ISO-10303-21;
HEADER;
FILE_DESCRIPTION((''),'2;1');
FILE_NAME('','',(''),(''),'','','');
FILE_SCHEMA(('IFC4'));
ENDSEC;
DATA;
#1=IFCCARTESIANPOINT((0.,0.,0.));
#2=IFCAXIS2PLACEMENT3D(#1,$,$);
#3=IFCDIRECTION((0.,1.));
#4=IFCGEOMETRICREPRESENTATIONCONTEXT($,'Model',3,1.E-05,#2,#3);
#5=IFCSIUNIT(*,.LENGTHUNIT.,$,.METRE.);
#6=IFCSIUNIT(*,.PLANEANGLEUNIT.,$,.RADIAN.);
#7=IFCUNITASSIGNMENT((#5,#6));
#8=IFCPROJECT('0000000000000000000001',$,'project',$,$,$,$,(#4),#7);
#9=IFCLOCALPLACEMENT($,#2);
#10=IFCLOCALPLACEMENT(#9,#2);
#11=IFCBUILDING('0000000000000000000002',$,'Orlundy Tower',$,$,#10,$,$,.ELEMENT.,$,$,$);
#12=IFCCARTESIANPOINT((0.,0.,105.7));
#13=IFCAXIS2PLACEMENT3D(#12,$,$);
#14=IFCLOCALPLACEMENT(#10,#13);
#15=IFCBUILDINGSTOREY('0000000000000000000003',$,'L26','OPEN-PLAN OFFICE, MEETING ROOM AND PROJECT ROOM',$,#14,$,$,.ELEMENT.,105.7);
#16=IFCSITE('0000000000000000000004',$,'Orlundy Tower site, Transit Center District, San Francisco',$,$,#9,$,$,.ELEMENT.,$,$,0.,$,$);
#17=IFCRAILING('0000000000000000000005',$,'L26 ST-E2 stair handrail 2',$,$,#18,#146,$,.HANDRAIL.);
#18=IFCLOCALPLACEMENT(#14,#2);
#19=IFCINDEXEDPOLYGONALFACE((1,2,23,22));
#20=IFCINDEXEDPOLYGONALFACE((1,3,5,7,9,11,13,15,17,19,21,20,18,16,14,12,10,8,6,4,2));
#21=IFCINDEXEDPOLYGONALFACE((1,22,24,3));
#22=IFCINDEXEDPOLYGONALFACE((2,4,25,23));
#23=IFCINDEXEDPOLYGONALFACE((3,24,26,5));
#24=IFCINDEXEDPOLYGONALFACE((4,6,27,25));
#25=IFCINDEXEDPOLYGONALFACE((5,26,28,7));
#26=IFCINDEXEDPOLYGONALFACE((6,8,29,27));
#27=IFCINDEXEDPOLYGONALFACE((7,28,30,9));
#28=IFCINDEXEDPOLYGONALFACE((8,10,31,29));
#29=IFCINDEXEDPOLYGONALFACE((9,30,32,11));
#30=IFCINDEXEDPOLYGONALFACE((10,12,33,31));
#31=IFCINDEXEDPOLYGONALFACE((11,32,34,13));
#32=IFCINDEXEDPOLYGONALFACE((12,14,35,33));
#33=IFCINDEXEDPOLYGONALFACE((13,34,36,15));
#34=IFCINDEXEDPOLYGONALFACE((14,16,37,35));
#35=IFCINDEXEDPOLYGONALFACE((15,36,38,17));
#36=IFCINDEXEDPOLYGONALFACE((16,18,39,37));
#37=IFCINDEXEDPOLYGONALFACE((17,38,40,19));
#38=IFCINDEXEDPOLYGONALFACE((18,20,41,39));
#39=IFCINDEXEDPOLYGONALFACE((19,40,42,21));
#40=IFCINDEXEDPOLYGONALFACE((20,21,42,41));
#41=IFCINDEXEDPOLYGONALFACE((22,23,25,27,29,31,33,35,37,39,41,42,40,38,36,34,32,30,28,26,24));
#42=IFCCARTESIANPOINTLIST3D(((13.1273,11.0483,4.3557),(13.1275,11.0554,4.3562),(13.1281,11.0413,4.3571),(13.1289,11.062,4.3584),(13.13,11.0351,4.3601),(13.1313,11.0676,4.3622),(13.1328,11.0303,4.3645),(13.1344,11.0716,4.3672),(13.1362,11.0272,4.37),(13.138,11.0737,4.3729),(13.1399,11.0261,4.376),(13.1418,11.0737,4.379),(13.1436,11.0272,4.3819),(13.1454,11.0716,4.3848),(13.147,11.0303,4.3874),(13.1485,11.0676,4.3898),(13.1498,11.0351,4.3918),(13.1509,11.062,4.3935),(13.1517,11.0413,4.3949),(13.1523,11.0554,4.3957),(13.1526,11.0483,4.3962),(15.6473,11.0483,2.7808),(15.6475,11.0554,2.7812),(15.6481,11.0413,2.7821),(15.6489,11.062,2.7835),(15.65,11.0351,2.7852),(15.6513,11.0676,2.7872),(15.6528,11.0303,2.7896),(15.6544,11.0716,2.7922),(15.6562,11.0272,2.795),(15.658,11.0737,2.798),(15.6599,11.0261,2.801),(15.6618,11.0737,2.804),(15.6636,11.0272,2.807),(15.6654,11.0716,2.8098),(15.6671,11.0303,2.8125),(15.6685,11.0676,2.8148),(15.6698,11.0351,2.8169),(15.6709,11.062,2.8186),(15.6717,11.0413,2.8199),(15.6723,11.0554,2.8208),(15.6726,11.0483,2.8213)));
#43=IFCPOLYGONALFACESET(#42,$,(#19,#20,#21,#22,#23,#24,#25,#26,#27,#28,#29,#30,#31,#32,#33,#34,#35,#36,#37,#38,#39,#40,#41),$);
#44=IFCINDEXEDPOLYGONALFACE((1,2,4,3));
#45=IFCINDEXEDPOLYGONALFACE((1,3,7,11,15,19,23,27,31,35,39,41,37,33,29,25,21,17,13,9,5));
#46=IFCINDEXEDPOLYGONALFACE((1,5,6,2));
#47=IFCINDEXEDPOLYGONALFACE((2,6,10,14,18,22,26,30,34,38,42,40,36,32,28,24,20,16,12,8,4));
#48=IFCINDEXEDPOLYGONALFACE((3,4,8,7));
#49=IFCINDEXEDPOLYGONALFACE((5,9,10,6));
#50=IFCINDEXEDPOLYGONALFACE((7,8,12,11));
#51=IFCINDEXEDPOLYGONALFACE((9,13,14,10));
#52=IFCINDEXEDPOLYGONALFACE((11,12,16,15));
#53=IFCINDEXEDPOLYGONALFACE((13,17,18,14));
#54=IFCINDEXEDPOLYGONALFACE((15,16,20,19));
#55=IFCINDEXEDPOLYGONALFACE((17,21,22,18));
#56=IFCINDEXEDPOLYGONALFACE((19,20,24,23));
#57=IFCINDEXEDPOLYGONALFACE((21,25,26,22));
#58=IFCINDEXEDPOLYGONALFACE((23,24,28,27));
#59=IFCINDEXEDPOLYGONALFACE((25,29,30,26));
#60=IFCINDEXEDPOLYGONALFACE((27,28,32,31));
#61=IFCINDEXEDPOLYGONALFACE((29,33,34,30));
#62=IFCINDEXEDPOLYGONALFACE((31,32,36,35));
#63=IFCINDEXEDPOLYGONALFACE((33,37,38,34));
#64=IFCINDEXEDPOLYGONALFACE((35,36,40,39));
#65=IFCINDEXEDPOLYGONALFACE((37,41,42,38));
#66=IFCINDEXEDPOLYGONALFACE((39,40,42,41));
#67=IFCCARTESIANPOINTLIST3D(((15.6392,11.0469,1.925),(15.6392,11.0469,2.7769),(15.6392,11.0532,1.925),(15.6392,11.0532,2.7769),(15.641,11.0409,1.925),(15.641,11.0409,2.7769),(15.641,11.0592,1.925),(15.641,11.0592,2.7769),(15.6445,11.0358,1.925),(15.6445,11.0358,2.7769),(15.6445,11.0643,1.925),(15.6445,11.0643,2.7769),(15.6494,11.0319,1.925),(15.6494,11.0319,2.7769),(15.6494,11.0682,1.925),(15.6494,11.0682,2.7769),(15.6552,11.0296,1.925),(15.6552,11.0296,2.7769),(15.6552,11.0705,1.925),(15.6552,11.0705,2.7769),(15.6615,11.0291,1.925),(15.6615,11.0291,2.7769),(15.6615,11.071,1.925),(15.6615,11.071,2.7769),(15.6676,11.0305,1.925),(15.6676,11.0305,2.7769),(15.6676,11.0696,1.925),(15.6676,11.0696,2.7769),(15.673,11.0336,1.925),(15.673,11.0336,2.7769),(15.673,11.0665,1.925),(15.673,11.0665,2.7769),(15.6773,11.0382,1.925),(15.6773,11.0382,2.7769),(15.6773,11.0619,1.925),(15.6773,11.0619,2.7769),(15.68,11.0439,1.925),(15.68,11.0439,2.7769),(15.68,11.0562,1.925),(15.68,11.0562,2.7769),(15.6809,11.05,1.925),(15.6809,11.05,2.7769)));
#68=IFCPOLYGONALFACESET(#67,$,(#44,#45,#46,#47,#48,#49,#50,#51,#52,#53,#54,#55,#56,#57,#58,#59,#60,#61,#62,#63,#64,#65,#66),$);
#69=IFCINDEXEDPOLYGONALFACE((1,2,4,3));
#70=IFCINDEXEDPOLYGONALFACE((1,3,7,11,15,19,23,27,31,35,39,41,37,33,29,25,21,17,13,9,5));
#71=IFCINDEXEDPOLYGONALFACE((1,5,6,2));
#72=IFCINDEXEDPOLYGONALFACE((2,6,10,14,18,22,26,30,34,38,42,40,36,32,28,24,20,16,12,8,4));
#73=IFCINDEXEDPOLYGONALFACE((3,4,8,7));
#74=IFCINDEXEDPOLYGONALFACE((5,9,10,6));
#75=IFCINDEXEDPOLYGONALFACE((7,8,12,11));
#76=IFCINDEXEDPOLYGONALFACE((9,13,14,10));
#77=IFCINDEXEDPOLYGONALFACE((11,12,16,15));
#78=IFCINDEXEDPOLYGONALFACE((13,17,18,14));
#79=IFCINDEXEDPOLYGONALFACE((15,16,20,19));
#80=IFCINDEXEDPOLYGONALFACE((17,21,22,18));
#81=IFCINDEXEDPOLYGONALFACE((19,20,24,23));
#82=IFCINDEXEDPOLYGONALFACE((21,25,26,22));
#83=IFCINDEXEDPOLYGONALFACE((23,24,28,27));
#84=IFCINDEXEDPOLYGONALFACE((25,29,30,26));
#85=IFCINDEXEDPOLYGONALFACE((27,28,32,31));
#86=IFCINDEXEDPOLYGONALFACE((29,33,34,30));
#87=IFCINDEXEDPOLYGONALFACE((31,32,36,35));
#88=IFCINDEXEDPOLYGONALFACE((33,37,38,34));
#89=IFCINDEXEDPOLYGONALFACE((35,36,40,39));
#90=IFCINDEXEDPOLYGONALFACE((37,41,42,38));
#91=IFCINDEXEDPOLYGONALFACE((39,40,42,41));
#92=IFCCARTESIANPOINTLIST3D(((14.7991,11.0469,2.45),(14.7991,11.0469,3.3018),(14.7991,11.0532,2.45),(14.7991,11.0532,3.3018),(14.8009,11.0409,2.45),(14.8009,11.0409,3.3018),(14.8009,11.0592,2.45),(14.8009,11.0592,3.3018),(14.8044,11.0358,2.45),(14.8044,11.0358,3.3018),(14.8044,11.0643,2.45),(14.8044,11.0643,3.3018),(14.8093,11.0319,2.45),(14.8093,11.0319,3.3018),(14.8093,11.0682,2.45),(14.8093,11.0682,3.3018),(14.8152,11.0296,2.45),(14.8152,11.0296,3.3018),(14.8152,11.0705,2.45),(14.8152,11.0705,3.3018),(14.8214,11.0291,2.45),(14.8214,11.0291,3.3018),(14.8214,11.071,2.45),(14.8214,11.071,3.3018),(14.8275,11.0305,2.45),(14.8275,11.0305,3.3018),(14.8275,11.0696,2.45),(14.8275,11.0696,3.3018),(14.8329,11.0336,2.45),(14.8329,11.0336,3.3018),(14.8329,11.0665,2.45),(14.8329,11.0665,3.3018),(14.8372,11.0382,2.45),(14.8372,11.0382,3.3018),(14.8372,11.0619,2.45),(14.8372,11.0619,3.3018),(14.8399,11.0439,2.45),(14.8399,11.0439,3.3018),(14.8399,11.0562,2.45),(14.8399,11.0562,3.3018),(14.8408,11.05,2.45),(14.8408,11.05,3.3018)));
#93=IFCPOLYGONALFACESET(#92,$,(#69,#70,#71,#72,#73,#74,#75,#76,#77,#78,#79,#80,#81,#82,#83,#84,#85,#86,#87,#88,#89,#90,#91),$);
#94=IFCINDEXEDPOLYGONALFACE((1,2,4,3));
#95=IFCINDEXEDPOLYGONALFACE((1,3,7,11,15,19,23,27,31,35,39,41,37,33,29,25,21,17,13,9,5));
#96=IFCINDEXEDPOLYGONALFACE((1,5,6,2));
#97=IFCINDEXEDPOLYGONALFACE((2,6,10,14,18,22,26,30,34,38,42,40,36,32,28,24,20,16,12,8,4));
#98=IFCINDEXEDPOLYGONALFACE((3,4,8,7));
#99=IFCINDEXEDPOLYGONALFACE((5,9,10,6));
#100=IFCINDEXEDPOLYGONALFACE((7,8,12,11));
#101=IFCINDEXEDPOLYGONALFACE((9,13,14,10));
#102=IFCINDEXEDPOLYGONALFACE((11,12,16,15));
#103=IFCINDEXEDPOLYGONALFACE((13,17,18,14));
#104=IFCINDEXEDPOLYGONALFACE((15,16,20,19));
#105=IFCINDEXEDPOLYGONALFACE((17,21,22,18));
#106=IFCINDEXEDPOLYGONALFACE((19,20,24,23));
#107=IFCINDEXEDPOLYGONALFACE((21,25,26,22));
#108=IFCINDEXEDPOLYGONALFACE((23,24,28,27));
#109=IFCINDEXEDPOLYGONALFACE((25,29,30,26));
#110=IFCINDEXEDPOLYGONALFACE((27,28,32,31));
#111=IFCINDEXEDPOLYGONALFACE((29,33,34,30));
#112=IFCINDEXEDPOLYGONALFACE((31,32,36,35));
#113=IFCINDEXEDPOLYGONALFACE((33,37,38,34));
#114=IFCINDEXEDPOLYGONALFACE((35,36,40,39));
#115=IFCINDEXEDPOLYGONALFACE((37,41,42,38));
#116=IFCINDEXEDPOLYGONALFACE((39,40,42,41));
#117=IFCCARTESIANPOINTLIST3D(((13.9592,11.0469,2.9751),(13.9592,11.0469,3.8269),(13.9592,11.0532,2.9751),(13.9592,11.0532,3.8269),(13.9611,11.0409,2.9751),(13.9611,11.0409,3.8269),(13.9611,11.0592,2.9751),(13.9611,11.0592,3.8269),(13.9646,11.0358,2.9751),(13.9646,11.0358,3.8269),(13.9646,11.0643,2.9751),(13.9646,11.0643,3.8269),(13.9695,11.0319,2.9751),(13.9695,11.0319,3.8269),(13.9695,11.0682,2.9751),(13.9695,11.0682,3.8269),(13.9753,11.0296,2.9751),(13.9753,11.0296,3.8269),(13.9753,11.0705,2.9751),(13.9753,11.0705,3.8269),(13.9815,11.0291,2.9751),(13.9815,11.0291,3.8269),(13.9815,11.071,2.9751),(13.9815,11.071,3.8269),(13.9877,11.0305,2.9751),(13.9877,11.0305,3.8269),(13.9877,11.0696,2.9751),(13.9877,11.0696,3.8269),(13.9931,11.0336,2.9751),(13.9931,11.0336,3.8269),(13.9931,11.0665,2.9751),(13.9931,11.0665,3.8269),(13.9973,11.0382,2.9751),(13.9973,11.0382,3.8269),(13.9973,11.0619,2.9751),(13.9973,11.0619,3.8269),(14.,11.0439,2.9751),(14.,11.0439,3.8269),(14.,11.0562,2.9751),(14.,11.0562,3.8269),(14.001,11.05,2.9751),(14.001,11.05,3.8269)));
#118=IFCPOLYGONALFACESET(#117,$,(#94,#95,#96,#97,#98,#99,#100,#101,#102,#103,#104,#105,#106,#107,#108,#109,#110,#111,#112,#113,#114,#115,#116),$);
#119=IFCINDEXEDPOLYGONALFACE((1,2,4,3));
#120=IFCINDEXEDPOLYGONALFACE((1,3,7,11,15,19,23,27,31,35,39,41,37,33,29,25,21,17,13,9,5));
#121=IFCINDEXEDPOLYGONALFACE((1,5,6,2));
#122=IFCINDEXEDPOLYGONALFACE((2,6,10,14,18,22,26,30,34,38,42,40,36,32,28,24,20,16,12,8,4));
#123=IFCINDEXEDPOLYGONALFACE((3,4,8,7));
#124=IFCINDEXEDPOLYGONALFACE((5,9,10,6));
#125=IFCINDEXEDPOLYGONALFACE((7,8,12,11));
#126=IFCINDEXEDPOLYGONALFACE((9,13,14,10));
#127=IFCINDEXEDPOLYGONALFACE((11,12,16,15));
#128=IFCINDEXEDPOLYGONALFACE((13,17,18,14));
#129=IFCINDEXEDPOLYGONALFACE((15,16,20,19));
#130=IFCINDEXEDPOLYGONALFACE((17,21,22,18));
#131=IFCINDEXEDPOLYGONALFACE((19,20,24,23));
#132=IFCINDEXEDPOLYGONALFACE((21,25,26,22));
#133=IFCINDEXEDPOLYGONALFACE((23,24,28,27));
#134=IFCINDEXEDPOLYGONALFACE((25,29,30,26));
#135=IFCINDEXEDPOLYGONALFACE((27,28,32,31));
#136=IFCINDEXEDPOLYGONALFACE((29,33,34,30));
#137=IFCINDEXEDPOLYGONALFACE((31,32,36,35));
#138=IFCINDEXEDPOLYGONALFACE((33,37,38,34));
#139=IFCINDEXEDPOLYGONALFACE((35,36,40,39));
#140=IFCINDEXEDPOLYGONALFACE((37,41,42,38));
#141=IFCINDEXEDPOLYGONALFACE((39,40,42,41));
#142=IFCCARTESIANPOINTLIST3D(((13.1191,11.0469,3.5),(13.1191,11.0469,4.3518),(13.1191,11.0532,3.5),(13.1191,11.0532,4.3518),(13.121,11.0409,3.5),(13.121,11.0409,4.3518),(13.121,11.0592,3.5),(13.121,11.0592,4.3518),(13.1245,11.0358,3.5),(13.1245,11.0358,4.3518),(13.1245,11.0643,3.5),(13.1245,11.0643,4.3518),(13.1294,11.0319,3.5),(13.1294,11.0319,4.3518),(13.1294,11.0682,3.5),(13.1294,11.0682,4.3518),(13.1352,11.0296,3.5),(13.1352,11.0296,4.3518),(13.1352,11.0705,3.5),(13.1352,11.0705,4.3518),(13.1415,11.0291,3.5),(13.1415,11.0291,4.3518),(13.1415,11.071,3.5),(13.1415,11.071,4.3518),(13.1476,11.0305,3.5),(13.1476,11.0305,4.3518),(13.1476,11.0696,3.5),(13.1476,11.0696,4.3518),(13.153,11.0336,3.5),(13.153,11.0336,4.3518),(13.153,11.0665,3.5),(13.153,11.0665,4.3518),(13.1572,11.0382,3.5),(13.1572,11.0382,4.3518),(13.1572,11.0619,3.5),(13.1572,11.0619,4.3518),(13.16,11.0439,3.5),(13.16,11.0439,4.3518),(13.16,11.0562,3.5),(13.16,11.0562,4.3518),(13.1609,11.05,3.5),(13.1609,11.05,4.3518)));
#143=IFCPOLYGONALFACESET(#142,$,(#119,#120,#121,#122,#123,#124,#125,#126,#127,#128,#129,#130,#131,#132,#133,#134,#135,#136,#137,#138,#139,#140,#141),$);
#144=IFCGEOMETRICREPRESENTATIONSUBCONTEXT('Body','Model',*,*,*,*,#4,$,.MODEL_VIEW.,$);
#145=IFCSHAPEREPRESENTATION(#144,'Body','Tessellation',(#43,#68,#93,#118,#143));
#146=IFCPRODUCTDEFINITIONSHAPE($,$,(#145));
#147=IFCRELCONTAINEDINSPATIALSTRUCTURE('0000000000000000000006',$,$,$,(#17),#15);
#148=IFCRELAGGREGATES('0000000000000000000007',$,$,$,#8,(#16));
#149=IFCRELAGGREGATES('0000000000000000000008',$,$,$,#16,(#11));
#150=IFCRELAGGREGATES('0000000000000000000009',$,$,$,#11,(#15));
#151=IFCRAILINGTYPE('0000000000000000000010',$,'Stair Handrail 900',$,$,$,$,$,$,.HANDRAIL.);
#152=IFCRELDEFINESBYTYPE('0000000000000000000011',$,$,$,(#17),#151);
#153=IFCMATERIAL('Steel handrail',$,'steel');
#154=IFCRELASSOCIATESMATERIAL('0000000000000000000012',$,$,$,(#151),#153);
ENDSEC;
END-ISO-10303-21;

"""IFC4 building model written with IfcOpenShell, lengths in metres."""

from ifc_helpers import new_model, si_unit, direction, frame, origin, origin_2d, place, context, subcontext, project, spatial, circle, extrude, material, type_object, element, save


model = new_model("IFC4")

# Units and contexts
model_context = context("Model", 3, precision=1e-05, world=origin(), true_north=direction((0.0, 1.0)))
body_context = subcontext(model_context, "Body", "Model", "MODEL_VIEW")
ifc_project = project(units=[si_unit("LENGTHUNIT", "METRE"), si_unit("PLANEANGLEUNIT", "RADIAN")], contexts=[model_context])

# Site, building, storey
site_placement = place(None, origin())
site = spatial("IfcSite", under=ifc_project, at=site_placement, Name="Orlundy Tower site, Transit Center District, San Francisco", CompositionType="ELEMENT", RefElevation=0.0)
building_placement = place(site_placement, origin())
building = spatial("IfcBuilding", under=site, at=building_placement, Name="Orlundy Tower", CompositionType="ELEMENT")
storey_placement = place(building_placement, frame((0.0, 0.0, 105.7)))
storey = spatial("IfcBuildingStorey", under=building, at=storey_placement, Name="L26", Description="OPEN-PLAN OFFICE, MEETING ROOM AND PROJECT ROOM", CompositionType="ELEMENT", Elevation=105.7)

# Railing
ifc_material_1 = material(Name="Steel handrail", Category="steel")
railing_type_1 = type_object("IfcRailingType", Name="Stair Handrail 900", PredefinedType="HANDRAIL", material=ifc_material_1)
railing_1_placement = place(storey_placement, frame((15.6599, 11.05, 1.925)))
element("IfcRailing", 1, at=railing_1_placement, inside=storey, type_object=railing_type_1, Name="L26 ST-E2 stair handrail 2", PredefinedType="HANDRAIL", context=body_context, shape_type="SweptSolid", body=[
    extrude(circle(Radius=0.0239, at=origin_2d()), frame((0.0, 0.0, 0.876), z_axis=(-0.848008, 0.0, 0.529984), x_axis=(0.0, -1.0, 0.0)), (0.0, 0.0, 1.0), 2.9717),
    extrude(circle(Radius=0.021, at=origin_2d()), origin(), (0.0, 0.0, 1.0), 0.8518),
    extrude(circle(Radius=0.021, at=origin_2d()), frame((-0.8401, 0.0, 0.5249)), (0.0, 0.0, 1.0), 0.8518),
    extrude(circle(Radius=0.021, at=origin_2d()), frame((-1.6799, 0.0, 1.05)), (0.0, 0.0, 1.0), 0.8518),
    extrude(circle(Radius=0.021, at=origin_2d()), frame((-2.52, 0.0, 1.575)), (0.0, 0.0, 1.0), 0.8518),
])

save(model, "model.ifc")
